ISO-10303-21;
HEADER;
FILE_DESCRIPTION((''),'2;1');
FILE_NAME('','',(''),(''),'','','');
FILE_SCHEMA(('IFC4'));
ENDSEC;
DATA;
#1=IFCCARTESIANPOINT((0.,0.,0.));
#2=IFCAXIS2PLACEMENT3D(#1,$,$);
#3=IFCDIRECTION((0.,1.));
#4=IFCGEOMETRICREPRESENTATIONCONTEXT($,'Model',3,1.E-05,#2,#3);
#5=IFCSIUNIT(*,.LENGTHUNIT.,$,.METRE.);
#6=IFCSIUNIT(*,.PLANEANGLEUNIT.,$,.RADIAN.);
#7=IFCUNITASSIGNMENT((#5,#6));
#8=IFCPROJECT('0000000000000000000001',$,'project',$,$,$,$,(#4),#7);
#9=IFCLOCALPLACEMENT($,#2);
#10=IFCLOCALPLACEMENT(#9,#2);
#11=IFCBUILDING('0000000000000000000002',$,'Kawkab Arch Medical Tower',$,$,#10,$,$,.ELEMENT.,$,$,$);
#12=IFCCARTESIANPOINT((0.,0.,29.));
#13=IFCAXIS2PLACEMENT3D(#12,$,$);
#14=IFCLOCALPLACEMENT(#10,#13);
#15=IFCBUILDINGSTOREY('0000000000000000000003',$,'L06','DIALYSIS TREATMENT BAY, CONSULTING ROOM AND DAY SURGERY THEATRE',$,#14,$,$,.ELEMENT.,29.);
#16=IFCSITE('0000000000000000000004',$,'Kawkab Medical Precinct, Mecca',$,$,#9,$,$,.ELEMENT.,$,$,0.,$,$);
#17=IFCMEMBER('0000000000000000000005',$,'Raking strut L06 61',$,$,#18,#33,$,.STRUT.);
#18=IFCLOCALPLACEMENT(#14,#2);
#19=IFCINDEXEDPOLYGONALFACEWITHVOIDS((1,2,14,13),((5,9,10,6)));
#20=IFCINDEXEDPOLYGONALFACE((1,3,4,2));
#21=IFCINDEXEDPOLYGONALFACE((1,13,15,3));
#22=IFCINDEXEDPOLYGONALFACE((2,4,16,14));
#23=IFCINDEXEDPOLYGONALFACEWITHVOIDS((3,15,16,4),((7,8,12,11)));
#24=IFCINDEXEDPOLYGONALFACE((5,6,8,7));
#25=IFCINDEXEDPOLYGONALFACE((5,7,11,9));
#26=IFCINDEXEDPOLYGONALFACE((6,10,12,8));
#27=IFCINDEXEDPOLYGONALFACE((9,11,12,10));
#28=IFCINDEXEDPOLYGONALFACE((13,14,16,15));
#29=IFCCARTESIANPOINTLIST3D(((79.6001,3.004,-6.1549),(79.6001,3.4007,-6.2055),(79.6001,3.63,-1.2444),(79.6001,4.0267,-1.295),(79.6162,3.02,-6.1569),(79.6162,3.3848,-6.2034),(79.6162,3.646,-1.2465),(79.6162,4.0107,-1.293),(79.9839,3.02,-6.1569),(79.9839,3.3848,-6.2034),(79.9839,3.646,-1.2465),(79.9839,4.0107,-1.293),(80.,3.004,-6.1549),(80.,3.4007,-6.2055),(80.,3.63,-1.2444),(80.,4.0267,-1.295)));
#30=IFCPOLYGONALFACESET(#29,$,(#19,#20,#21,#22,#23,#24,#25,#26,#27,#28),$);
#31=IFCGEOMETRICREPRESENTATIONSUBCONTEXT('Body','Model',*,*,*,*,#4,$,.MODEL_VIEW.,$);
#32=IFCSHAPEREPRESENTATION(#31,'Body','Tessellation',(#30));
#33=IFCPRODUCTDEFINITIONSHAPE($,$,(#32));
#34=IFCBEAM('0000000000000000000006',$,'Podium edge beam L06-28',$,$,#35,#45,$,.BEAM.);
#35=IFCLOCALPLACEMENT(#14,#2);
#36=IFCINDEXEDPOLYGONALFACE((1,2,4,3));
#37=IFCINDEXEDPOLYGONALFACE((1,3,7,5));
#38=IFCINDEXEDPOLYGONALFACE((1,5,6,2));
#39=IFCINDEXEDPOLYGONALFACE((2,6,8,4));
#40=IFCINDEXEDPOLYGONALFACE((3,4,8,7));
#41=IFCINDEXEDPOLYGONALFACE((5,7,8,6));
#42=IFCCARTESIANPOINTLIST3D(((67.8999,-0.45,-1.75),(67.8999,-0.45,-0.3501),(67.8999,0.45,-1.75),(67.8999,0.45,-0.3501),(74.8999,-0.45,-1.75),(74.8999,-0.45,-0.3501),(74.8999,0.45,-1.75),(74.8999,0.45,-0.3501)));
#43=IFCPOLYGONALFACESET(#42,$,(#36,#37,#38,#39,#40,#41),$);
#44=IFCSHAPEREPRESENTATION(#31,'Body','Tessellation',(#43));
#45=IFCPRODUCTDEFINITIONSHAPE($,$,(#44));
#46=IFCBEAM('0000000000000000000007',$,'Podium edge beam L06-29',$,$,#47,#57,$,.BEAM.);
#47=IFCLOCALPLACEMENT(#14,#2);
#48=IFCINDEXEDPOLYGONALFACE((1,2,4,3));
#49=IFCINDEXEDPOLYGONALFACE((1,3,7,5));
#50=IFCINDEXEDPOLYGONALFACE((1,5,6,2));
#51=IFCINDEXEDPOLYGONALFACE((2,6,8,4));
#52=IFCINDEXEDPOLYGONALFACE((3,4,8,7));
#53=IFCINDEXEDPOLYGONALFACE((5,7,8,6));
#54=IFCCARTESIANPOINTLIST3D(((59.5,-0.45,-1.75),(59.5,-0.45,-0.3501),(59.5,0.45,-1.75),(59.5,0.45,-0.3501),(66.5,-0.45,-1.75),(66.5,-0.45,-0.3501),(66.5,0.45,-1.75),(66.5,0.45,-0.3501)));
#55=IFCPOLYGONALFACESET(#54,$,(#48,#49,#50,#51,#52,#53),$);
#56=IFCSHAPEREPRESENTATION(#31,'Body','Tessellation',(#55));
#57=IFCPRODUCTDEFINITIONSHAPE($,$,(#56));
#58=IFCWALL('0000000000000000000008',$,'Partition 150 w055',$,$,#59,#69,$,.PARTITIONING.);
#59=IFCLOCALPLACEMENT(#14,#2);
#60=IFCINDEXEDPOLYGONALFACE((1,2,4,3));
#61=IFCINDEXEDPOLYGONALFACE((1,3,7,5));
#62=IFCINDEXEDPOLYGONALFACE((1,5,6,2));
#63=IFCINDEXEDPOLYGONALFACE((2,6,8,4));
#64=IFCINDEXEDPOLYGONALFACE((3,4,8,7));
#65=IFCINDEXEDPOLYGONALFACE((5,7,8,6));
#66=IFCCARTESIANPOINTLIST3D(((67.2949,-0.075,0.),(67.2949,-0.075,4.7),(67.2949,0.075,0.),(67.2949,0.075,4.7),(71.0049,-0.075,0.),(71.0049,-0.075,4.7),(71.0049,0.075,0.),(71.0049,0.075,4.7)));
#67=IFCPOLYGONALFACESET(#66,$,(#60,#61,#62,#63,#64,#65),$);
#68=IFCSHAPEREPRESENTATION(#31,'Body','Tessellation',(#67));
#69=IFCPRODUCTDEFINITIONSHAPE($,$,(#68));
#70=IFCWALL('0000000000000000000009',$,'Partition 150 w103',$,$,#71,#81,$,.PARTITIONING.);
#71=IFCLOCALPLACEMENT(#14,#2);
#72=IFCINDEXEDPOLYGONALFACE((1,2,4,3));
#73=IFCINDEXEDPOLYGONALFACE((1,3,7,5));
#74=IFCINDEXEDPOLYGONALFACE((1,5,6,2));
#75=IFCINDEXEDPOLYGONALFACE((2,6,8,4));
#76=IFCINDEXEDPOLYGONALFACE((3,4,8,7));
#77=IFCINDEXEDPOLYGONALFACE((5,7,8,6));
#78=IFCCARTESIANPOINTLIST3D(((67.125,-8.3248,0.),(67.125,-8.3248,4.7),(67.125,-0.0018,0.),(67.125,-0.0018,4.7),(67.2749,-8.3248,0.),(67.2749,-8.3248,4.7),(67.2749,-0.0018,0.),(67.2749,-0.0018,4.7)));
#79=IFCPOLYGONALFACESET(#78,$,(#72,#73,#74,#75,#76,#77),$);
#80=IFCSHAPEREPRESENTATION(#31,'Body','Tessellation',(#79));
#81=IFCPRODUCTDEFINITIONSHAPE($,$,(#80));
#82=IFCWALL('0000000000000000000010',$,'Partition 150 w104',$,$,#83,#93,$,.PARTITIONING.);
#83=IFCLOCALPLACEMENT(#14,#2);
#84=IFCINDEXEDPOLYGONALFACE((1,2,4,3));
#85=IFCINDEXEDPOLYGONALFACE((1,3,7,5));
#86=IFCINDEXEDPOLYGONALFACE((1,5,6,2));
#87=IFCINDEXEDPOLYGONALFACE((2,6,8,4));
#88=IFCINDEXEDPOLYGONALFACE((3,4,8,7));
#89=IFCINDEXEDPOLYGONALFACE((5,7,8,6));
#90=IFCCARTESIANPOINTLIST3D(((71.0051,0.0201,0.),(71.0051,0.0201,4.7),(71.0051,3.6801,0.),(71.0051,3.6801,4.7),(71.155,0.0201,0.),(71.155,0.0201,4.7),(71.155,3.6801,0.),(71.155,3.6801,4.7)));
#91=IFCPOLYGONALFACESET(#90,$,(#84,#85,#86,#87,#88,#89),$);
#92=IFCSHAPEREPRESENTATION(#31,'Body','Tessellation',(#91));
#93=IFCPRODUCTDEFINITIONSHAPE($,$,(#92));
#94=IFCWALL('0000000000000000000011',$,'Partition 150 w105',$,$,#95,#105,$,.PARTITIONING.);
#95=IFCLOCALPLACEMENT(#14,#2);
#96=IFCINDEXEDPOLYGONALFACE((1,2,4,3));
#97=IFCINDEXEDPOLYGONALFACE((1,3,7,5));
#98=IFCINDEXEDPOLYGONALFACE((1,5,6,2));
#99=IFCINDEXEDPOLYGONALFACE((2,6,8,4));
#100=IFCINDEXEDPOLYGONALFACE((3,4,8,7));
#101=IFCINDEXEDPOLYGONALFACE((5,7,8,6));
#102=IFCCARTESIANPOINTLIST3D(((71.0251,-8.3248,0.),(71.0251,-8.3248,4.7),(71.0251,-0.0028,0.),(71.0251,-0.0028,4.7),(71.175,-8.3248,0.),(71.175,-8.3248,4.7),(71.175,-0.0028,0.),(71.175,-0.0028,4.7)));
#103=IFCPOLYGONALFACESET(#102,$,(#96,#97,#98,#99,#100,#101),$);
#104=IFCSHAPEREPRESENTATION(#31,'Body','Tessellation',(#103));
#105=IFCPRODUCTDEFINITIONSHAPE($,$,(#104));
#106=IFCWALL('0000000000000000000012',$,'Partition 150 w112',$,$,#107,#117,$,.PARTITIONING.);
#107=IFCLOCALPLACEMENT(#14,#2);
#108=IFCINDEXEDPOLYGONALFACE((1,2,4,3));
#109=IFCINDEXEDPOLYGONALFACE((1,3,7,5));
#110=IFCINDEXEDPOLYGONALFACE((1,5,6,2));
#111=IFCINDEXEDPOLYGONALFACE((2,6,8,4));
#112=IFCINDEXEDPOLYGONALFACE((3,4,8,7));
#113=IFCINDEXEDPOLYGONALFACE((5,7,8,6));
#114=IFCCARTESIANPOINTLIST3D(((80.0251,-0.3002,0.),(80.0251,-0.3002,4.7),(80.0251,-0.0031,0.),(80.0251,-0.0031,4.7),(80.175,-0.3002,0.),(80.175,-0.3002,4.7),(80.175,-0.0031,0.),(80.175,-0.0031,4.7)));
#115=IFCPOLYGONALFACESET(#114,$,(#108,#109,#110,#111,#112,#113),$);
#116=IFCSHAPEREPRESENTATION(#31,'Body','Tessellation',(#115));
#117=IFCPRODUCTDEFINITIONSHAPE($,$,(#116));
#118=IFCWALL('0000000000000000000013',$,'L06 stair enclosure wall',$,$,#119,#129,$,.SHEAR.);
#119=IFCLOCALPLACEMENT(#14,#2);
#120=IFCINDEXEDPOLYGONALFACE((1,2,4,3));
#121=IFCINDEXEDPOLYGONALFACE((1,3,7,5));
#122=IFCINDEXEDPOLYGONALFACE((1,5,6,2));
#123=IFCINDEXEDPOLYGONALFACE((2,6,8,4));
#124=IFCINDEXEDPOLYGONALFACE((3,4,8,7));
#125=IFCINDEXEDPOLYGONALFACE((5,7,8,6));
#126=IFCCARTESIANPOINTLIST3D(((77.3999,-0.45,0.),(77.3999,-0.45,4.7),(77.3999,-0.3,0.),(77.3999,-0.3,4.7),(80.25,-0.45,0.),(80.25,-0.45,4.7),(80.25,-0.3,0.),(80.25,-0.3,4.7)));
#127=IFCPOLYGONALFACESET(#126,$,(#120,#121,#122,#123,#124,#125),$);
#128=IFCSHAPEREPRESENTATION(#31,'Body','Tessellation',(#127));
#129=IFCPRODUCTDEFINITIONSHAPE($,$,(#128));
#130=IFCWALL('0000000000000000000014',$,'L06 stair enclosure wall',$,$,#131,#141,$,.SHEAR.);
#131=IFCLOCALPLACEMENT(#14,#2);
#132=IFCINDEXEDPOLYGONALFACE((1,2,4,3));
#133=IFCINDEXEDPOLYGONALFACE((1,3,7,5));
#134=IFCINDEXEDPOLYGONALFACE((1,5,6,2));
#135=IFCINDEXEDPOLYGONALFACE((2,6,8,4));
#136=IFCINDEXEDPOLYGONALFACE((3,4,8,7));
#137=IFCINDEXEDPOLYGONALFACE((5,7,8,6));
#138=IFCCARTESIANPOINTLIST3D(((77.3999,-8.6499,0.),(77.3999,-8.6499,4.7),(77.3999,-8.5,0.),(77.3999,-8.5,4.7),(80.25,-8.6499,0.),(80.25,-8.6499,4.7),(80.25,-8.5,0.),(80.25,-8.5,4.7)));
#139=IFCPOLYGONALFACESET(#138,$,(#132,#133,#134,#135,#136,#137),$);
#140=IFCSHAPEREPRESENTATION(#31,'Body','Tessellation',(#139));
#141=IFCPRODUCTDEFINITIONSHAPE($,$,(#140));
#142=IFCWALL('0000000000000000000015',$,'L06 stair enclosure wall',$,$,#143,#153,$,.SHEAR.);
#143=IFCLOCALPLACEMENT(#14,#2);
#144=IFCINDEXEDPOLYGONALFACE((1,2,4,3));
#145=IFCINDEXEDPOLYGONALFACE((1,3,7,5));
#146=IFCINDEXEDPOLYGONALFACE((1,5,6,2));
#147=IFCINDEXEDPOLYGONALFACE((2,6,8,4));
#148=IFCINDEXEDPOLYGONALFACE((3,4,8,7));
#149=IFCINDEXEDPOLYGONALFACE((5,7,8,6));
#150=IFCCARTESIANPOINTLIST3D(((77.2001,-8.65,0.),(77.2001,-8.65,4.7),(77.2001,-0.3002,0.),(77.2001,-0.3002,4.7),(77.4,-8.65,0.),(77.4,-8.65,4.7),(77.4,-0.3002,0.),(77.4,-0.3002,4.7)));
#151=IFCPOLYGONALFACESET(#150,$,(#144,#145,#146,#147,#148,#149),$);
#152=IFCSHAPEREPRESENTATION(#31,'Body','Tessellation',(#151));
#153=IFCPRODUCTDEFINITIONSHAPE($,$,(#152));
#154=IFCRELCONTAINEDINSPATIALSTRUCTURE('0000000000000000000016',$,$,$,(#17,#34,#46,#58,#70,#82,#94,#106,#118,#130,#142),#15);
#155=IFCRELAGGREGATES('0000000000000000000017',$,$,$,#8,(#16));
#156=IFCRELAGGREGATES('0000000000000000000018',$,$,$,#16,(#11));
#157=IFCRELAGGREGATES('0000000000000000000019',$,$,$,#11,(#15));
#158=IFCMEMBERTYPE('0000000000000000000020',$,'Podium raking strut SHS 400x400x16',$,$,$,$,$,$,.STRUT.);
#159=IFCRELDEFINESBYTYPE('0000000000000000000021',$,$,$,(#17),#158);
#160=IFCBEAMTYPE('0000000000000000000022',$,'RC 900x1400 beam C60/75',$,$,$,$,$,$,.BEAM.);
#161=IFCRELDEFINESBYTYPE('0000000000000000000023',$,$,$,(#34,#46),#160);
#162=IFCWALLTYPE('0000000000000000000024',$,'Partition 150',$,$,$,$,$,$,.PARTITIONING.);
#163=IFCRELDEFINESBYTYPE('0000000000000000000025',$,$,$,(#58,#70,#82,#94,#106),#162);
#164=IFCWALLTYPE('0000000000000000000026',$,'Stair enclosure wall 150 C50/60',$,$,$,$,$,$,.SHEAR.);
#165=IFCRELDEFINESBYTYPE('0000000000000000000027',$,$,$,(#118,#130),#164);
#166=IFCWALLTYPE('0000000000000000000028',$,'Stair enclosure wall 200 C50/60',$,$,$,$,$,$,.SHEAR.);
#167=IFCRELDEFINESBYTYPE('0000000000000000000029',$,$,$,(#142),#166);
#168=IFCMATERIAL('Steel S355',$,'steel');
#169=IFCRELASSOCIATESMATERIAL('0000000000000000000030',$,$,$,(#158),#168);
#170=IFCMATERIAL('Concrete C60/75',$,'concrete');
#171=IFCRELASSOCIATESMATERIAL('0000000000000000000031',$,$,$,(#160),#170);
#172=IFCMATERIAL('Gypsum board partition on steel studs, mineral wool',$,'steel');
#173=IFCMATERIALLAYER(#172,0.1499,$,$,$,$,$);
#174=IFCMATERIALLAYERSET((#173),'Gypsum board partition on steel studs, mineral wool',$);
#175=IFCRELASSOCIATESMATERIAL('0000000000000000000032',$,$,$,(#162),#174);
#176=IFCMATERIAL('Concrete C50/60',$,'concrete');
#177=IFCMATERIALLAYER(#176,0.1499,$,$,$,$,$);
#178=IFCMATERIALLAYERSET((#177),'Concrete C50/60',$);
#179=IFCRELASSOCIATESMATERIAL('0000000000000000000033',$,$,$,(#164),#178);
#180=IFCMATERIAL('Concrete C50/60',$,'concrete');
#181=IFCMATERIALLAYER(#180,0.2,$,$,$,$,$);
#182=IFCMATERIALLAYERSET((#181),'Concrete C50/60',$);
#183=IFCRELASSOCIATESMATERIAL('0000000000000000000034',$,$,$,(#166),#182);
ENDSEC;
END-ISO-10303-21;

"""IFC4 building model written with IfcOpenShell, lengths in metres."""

from ifc_helpers import new_model, si_unit, direction, frame, frame_2d, origin, origin_2d, place, context, subcontext, project, spatial, rectangle, hollow_rectangle, extrude, material, layer, layer_set, material_profile, profile_set, type_object, element, save


model = new_model("IFC4")

# Units and contexts
model_context = context("Model", 3, precision=1e-05, world=origin(), true_north=direction((0.0, 1.0)))
body_context = subcontext(model_context, "Body", "Model", "MODEL_VIEW")
ifc_project = project(units=[si_unit("LENGTHUNIT", "METRE"), si_unit("PLANEANGLEUNIT", "RADIAN")], contexts=[model_context])

# Site, building, storey
site_placement = place(None, origin())
site = spatial("IfcSite", under=ifc_project, at=site_placement, Name="Kawkab Medical Precinct, Mecca", CompositionType="ELEMENT", RefElevation=0.0)
building_placement = place(site_placement, origin())
building = spatial("IfcBuilding", under=site, at=building_placement, Name="Kawkab Arch Medical Tower", CompositionType="ELEMENT")
storey_placement = place(building_placement, frame((0.0, 0.0, 29.0)))
storey = spatial("IfcBuildingStorey", under=building, at=storey_placement, Name="L06", Description="DIALYSIS TREATMENT BAY, CONSULTING ROOM AND DAY SURGERY THEATRE", CompositionType="ELEMENT", Elevation=29.0)

# Member
ifc_material_1 = material(Name="Steel S355", Category="steel")
ifc_material_profile_1 = material_profile(ifc_material_1, hollow_rectangle(XDim=0.3999, YDim=0.3999, WallThickness=0.0161, at=origin_2d()), Name="SHS 400x400x16")
ifc_profile_set_1 = profile_set([ifc_material_profile_1], Name="Steel S355")
member_type = type_object("IfcMemberType", Name="Podium raking strut SHS 400x400x16", PredefinedType="STRUT", material=ifc_profile_set_1)
for number, where, z_axis, x_axis, name in (
    (1, (79.8, 3.2024, -6.1802), (0.0, 0.126456, 0.991972), (-1.0, 0.0, 0.0), "Raking strut L06 61"),
):
    element("IfcMember", number, at=place(storey_placement, frame(where, z_axis=z_axis, x_axis=x_axis)), inside=storey, type_object=member_type, Name=name, PredefinedType="STRUT", context=body_context, shape_type="SweptSolid", body=[
        extrude(hollow_rectangle(XDim=0.3999, YDim=0.3999, WallThickness=0.0161, at=origin_2d()), origin(), (0.0, 0.0, 1.0), 4.9502),
    ])

# Beams
ifc_material_2 = material(Name="Concrete C60/75", Category="concrete")
ifc_material_profile_2 = material_profile(ifc_material_2, rectangle(XDim=0.8999, YDim=1.3999, at=origin_2d()), Name="RC 900x1400")
ifc_profile_set_2 = profile_set([ifc_material_profile_2], Name="Concrete C60/75")
beam_type_1 = type_object("IfcBeamType", Name="RC 900x1400 beam C60/75", PredefinedType="BEAM", material=ifc_profile_set_2)
for number, where, z_axis, x_axis, name in (
    (2, (74.8999, 0.0, -1.05), (-1.0, 0.0, 0.0), (0.0, -1.0, 0.0), "Podium edge beam L06-28"),
    (3, (66.5, 0.0, -1.05), (-1.0, 0.0, 0.0), (0.0, -1.0, 0.0), "Podium edge beam L06-29"),
):
    element("IfcBeam", number, at=place(storey_placement, frame(where, z_axis=z_axis, x_axis=x_axis)), inside=storey, type_object=beam_type_1, Name=name, PredefinedType="BEAM", context=body_context, shape_type="SweptSolid", body=[
        extrude(rectangle(XDim=0.8999, YDim=1.3999, at=origin_2d()), origin(), (0.0, 0.0, 1.0), 7.0),
    ])

# Walls
ifc_material_3 = material(Name="Gypsum board partition on steel studs, mineral wool", Category="steel")
ifc_layer_1 = layer(ifc_material_3, 0.1499)
ifc_layer_set_1 = layer_set([ifc_layer_1], Name="Gypsum board partition on steel studs, mineral wool")
wall_type_1 = type_object("IfcWallType", Name="Partition 150", PredefinedType="PARTITIONING", material=ifc_layer_set_1)
wall_1_placement = place(storey_placement, frame((67.2949, 0.0, 0.0), z_axis=(0.0, 0.0, 1.0), x_axis=(1.0, 0.0, 0.0)))
element("IfcWall", 4, at=wall_1_placement, inside=storey, type_object=wall_type_1, Name="Partition 150 w055", PredefinedType="PARTITIONING", context=body_context, shape_type="SweptSolid", body=[
    extrude(rectangle(XDim=3.71, YDim=0.1499, at=frame_2d((1.855, 0.0))), origin(), (0.0, 0.0, 1.0), 4.7),
])
wall_2_placement = place(storey_placement, frame((67.2, -8.325, 0.0), z_axis=(0.0, 0.0, 1.0), x_axis=(0.0, 1.0, 0.0)))
element("IfcWall", 5, at=wall_2_placement, inside=storey, type_object=wall_type_1, Name="Partition 150 w103", PredefinedType="PARTITIONING", context=body_context, shape_type="SweptSolid", body=[
    extrude(rectangle(XDim=8.323, YDim=0.1499, at=frame_2d((4.1616, 0.0))), origin(), (0.0, 0.0, 1.0), 4.7),
])
wall_3_placement = place(storey_placement, frame((71.0801, 0.02, 0.0), z_axis=(0.0, 0.0, 1.0), x_axis=(0.0, 1.0, 0.0)))
element("IfcWall", 6, at=wall_3_placement, inside=storey, type_object=wall_type_1, Name="Partition 150 w104", PredefinedType="PARTITIONING", context=body_context, shape_type="SweptSolid", body=[
    extrude(rectangle(XDim=3.6599, YDim=0.1499, at=frame_2d((1.8301, 0.0))), origin(), (0.0, 0.0, 1.0), 4.7),
])
wall_4_placement = place(storey_placement, frame((71.1001, -8.325, 0.0), z_axis=(0.0, 0.0, 1.0), x_axis=(0.0, 1.0, 0.0)))
element("IfcWall", 7, at=wall_4_placement, inside=storey, type_object=wall_type_1, Name="Partition 150 w105", PredefinedType="PARTITIONING", context=body_context, shape_type="SweptSolid", body=[
    extrude(rectangle(XDim=8.322, YDim=0.1499, at=frame_2d((4.1611, 0.0))), origin(), (0.0, 0.0, 1.0), 4.7),
])
wall_5_placement = place(storey_placement, frame((80.1001, -0.3, 0.0), z_axis=(0.0, 0.0, 1.0), x_axis=(0.0, 1.0, 0.0)))
element("IfcWall", 8, at=wall_5_placement, inside=storey, type_object=wall_type_1, Name="Partition 150 w112", PredefinedType="PARTITIONING", context=body_context, shape_type="SweptSolid", body=[
    extrude(rectangle(XDim=0.2971, YDim=0.1499, at=frame_2d((0.1484, 0.0))), origin(), (0.0, 0.0, 1.0), 4.7),
])
ifc_material_4 = material(Name="Concrete C50/60", Category="concrete")
ifc_layer_2 = layer(ifc_material_4, 0.1499)
ifc_layer_set_2 = layer_set([ifc_layer_2], Name="Concrete C50/60")
wall_type_2 = type_object("IfcWallType", Name="Stair enclosure wall 150 C50/60", PredefinedType="SHEAR", material=ifc_layer_set_2)
for number, where, z_axis, x_axis, name in (
    (9, (77.3999, -0.375, 0.0), (0.0, 0.0, 1.0), (1.0, 0.0, 0.0), "L06 stair enclosure wall"),
    (10, (77.3999, -8.575, 0.0), (0.0, 0.0, 1.0), (1.0, 0.0, 0.0), "L06 stair enclosure wall"),
):
    element("IfcWall", number, at=place(storey_placement, frame(where, z_axis=z_axis, x_axis=x_axis)), inside=storey, type_object=wall_type_2, Name=name, PredefinedType="SHEAR", context=body_context, shape_type="SweptSolid", body=[
        extrude(rectangle(XDim=2.8501, YDim=0.1499, at=frame_2d((1.425, 0.0))), origin(), (0.0, 0.0, 1.0), 4.7),
    ])
ifc_material_5 = material(Name="Concrete C50/60", Category="concrete")
ifc_layer_3 = layer(ifc_material_5, 0.2)
ifc_layer_set_3 = layer_set([ifc_layer_3], Name="Concrete C50/60")
wall_type_3 = type_object("IfcWallType", Name="Stair enclosure wall 200 C50/60", PredefinedType="SHEAR", material=ifc_layer_set_3)
wall_6_placement = place(storey_placement, frame((77.3, -8.6499, 0.0), z_axis=(0.0, 0.0, 1.0), x_axis=(0.0, 1.0, 0.0)))
element("IfcWall", 11, at=wall_6_placement, inside=storey, type_object=wall_type_3, Name="L06 stair enclosure wall", PredefinedType="SHEAR", context=body_context, shape_type="SweptSolid", body=[
    extrude(rectangle(XDim=8.3499, YDim=0.2, at=frame_2d((4.1748, 0.0))), origin(), (0.0, 0.0, 1.0), 4.7),
])

save(model, "model.ifc")
